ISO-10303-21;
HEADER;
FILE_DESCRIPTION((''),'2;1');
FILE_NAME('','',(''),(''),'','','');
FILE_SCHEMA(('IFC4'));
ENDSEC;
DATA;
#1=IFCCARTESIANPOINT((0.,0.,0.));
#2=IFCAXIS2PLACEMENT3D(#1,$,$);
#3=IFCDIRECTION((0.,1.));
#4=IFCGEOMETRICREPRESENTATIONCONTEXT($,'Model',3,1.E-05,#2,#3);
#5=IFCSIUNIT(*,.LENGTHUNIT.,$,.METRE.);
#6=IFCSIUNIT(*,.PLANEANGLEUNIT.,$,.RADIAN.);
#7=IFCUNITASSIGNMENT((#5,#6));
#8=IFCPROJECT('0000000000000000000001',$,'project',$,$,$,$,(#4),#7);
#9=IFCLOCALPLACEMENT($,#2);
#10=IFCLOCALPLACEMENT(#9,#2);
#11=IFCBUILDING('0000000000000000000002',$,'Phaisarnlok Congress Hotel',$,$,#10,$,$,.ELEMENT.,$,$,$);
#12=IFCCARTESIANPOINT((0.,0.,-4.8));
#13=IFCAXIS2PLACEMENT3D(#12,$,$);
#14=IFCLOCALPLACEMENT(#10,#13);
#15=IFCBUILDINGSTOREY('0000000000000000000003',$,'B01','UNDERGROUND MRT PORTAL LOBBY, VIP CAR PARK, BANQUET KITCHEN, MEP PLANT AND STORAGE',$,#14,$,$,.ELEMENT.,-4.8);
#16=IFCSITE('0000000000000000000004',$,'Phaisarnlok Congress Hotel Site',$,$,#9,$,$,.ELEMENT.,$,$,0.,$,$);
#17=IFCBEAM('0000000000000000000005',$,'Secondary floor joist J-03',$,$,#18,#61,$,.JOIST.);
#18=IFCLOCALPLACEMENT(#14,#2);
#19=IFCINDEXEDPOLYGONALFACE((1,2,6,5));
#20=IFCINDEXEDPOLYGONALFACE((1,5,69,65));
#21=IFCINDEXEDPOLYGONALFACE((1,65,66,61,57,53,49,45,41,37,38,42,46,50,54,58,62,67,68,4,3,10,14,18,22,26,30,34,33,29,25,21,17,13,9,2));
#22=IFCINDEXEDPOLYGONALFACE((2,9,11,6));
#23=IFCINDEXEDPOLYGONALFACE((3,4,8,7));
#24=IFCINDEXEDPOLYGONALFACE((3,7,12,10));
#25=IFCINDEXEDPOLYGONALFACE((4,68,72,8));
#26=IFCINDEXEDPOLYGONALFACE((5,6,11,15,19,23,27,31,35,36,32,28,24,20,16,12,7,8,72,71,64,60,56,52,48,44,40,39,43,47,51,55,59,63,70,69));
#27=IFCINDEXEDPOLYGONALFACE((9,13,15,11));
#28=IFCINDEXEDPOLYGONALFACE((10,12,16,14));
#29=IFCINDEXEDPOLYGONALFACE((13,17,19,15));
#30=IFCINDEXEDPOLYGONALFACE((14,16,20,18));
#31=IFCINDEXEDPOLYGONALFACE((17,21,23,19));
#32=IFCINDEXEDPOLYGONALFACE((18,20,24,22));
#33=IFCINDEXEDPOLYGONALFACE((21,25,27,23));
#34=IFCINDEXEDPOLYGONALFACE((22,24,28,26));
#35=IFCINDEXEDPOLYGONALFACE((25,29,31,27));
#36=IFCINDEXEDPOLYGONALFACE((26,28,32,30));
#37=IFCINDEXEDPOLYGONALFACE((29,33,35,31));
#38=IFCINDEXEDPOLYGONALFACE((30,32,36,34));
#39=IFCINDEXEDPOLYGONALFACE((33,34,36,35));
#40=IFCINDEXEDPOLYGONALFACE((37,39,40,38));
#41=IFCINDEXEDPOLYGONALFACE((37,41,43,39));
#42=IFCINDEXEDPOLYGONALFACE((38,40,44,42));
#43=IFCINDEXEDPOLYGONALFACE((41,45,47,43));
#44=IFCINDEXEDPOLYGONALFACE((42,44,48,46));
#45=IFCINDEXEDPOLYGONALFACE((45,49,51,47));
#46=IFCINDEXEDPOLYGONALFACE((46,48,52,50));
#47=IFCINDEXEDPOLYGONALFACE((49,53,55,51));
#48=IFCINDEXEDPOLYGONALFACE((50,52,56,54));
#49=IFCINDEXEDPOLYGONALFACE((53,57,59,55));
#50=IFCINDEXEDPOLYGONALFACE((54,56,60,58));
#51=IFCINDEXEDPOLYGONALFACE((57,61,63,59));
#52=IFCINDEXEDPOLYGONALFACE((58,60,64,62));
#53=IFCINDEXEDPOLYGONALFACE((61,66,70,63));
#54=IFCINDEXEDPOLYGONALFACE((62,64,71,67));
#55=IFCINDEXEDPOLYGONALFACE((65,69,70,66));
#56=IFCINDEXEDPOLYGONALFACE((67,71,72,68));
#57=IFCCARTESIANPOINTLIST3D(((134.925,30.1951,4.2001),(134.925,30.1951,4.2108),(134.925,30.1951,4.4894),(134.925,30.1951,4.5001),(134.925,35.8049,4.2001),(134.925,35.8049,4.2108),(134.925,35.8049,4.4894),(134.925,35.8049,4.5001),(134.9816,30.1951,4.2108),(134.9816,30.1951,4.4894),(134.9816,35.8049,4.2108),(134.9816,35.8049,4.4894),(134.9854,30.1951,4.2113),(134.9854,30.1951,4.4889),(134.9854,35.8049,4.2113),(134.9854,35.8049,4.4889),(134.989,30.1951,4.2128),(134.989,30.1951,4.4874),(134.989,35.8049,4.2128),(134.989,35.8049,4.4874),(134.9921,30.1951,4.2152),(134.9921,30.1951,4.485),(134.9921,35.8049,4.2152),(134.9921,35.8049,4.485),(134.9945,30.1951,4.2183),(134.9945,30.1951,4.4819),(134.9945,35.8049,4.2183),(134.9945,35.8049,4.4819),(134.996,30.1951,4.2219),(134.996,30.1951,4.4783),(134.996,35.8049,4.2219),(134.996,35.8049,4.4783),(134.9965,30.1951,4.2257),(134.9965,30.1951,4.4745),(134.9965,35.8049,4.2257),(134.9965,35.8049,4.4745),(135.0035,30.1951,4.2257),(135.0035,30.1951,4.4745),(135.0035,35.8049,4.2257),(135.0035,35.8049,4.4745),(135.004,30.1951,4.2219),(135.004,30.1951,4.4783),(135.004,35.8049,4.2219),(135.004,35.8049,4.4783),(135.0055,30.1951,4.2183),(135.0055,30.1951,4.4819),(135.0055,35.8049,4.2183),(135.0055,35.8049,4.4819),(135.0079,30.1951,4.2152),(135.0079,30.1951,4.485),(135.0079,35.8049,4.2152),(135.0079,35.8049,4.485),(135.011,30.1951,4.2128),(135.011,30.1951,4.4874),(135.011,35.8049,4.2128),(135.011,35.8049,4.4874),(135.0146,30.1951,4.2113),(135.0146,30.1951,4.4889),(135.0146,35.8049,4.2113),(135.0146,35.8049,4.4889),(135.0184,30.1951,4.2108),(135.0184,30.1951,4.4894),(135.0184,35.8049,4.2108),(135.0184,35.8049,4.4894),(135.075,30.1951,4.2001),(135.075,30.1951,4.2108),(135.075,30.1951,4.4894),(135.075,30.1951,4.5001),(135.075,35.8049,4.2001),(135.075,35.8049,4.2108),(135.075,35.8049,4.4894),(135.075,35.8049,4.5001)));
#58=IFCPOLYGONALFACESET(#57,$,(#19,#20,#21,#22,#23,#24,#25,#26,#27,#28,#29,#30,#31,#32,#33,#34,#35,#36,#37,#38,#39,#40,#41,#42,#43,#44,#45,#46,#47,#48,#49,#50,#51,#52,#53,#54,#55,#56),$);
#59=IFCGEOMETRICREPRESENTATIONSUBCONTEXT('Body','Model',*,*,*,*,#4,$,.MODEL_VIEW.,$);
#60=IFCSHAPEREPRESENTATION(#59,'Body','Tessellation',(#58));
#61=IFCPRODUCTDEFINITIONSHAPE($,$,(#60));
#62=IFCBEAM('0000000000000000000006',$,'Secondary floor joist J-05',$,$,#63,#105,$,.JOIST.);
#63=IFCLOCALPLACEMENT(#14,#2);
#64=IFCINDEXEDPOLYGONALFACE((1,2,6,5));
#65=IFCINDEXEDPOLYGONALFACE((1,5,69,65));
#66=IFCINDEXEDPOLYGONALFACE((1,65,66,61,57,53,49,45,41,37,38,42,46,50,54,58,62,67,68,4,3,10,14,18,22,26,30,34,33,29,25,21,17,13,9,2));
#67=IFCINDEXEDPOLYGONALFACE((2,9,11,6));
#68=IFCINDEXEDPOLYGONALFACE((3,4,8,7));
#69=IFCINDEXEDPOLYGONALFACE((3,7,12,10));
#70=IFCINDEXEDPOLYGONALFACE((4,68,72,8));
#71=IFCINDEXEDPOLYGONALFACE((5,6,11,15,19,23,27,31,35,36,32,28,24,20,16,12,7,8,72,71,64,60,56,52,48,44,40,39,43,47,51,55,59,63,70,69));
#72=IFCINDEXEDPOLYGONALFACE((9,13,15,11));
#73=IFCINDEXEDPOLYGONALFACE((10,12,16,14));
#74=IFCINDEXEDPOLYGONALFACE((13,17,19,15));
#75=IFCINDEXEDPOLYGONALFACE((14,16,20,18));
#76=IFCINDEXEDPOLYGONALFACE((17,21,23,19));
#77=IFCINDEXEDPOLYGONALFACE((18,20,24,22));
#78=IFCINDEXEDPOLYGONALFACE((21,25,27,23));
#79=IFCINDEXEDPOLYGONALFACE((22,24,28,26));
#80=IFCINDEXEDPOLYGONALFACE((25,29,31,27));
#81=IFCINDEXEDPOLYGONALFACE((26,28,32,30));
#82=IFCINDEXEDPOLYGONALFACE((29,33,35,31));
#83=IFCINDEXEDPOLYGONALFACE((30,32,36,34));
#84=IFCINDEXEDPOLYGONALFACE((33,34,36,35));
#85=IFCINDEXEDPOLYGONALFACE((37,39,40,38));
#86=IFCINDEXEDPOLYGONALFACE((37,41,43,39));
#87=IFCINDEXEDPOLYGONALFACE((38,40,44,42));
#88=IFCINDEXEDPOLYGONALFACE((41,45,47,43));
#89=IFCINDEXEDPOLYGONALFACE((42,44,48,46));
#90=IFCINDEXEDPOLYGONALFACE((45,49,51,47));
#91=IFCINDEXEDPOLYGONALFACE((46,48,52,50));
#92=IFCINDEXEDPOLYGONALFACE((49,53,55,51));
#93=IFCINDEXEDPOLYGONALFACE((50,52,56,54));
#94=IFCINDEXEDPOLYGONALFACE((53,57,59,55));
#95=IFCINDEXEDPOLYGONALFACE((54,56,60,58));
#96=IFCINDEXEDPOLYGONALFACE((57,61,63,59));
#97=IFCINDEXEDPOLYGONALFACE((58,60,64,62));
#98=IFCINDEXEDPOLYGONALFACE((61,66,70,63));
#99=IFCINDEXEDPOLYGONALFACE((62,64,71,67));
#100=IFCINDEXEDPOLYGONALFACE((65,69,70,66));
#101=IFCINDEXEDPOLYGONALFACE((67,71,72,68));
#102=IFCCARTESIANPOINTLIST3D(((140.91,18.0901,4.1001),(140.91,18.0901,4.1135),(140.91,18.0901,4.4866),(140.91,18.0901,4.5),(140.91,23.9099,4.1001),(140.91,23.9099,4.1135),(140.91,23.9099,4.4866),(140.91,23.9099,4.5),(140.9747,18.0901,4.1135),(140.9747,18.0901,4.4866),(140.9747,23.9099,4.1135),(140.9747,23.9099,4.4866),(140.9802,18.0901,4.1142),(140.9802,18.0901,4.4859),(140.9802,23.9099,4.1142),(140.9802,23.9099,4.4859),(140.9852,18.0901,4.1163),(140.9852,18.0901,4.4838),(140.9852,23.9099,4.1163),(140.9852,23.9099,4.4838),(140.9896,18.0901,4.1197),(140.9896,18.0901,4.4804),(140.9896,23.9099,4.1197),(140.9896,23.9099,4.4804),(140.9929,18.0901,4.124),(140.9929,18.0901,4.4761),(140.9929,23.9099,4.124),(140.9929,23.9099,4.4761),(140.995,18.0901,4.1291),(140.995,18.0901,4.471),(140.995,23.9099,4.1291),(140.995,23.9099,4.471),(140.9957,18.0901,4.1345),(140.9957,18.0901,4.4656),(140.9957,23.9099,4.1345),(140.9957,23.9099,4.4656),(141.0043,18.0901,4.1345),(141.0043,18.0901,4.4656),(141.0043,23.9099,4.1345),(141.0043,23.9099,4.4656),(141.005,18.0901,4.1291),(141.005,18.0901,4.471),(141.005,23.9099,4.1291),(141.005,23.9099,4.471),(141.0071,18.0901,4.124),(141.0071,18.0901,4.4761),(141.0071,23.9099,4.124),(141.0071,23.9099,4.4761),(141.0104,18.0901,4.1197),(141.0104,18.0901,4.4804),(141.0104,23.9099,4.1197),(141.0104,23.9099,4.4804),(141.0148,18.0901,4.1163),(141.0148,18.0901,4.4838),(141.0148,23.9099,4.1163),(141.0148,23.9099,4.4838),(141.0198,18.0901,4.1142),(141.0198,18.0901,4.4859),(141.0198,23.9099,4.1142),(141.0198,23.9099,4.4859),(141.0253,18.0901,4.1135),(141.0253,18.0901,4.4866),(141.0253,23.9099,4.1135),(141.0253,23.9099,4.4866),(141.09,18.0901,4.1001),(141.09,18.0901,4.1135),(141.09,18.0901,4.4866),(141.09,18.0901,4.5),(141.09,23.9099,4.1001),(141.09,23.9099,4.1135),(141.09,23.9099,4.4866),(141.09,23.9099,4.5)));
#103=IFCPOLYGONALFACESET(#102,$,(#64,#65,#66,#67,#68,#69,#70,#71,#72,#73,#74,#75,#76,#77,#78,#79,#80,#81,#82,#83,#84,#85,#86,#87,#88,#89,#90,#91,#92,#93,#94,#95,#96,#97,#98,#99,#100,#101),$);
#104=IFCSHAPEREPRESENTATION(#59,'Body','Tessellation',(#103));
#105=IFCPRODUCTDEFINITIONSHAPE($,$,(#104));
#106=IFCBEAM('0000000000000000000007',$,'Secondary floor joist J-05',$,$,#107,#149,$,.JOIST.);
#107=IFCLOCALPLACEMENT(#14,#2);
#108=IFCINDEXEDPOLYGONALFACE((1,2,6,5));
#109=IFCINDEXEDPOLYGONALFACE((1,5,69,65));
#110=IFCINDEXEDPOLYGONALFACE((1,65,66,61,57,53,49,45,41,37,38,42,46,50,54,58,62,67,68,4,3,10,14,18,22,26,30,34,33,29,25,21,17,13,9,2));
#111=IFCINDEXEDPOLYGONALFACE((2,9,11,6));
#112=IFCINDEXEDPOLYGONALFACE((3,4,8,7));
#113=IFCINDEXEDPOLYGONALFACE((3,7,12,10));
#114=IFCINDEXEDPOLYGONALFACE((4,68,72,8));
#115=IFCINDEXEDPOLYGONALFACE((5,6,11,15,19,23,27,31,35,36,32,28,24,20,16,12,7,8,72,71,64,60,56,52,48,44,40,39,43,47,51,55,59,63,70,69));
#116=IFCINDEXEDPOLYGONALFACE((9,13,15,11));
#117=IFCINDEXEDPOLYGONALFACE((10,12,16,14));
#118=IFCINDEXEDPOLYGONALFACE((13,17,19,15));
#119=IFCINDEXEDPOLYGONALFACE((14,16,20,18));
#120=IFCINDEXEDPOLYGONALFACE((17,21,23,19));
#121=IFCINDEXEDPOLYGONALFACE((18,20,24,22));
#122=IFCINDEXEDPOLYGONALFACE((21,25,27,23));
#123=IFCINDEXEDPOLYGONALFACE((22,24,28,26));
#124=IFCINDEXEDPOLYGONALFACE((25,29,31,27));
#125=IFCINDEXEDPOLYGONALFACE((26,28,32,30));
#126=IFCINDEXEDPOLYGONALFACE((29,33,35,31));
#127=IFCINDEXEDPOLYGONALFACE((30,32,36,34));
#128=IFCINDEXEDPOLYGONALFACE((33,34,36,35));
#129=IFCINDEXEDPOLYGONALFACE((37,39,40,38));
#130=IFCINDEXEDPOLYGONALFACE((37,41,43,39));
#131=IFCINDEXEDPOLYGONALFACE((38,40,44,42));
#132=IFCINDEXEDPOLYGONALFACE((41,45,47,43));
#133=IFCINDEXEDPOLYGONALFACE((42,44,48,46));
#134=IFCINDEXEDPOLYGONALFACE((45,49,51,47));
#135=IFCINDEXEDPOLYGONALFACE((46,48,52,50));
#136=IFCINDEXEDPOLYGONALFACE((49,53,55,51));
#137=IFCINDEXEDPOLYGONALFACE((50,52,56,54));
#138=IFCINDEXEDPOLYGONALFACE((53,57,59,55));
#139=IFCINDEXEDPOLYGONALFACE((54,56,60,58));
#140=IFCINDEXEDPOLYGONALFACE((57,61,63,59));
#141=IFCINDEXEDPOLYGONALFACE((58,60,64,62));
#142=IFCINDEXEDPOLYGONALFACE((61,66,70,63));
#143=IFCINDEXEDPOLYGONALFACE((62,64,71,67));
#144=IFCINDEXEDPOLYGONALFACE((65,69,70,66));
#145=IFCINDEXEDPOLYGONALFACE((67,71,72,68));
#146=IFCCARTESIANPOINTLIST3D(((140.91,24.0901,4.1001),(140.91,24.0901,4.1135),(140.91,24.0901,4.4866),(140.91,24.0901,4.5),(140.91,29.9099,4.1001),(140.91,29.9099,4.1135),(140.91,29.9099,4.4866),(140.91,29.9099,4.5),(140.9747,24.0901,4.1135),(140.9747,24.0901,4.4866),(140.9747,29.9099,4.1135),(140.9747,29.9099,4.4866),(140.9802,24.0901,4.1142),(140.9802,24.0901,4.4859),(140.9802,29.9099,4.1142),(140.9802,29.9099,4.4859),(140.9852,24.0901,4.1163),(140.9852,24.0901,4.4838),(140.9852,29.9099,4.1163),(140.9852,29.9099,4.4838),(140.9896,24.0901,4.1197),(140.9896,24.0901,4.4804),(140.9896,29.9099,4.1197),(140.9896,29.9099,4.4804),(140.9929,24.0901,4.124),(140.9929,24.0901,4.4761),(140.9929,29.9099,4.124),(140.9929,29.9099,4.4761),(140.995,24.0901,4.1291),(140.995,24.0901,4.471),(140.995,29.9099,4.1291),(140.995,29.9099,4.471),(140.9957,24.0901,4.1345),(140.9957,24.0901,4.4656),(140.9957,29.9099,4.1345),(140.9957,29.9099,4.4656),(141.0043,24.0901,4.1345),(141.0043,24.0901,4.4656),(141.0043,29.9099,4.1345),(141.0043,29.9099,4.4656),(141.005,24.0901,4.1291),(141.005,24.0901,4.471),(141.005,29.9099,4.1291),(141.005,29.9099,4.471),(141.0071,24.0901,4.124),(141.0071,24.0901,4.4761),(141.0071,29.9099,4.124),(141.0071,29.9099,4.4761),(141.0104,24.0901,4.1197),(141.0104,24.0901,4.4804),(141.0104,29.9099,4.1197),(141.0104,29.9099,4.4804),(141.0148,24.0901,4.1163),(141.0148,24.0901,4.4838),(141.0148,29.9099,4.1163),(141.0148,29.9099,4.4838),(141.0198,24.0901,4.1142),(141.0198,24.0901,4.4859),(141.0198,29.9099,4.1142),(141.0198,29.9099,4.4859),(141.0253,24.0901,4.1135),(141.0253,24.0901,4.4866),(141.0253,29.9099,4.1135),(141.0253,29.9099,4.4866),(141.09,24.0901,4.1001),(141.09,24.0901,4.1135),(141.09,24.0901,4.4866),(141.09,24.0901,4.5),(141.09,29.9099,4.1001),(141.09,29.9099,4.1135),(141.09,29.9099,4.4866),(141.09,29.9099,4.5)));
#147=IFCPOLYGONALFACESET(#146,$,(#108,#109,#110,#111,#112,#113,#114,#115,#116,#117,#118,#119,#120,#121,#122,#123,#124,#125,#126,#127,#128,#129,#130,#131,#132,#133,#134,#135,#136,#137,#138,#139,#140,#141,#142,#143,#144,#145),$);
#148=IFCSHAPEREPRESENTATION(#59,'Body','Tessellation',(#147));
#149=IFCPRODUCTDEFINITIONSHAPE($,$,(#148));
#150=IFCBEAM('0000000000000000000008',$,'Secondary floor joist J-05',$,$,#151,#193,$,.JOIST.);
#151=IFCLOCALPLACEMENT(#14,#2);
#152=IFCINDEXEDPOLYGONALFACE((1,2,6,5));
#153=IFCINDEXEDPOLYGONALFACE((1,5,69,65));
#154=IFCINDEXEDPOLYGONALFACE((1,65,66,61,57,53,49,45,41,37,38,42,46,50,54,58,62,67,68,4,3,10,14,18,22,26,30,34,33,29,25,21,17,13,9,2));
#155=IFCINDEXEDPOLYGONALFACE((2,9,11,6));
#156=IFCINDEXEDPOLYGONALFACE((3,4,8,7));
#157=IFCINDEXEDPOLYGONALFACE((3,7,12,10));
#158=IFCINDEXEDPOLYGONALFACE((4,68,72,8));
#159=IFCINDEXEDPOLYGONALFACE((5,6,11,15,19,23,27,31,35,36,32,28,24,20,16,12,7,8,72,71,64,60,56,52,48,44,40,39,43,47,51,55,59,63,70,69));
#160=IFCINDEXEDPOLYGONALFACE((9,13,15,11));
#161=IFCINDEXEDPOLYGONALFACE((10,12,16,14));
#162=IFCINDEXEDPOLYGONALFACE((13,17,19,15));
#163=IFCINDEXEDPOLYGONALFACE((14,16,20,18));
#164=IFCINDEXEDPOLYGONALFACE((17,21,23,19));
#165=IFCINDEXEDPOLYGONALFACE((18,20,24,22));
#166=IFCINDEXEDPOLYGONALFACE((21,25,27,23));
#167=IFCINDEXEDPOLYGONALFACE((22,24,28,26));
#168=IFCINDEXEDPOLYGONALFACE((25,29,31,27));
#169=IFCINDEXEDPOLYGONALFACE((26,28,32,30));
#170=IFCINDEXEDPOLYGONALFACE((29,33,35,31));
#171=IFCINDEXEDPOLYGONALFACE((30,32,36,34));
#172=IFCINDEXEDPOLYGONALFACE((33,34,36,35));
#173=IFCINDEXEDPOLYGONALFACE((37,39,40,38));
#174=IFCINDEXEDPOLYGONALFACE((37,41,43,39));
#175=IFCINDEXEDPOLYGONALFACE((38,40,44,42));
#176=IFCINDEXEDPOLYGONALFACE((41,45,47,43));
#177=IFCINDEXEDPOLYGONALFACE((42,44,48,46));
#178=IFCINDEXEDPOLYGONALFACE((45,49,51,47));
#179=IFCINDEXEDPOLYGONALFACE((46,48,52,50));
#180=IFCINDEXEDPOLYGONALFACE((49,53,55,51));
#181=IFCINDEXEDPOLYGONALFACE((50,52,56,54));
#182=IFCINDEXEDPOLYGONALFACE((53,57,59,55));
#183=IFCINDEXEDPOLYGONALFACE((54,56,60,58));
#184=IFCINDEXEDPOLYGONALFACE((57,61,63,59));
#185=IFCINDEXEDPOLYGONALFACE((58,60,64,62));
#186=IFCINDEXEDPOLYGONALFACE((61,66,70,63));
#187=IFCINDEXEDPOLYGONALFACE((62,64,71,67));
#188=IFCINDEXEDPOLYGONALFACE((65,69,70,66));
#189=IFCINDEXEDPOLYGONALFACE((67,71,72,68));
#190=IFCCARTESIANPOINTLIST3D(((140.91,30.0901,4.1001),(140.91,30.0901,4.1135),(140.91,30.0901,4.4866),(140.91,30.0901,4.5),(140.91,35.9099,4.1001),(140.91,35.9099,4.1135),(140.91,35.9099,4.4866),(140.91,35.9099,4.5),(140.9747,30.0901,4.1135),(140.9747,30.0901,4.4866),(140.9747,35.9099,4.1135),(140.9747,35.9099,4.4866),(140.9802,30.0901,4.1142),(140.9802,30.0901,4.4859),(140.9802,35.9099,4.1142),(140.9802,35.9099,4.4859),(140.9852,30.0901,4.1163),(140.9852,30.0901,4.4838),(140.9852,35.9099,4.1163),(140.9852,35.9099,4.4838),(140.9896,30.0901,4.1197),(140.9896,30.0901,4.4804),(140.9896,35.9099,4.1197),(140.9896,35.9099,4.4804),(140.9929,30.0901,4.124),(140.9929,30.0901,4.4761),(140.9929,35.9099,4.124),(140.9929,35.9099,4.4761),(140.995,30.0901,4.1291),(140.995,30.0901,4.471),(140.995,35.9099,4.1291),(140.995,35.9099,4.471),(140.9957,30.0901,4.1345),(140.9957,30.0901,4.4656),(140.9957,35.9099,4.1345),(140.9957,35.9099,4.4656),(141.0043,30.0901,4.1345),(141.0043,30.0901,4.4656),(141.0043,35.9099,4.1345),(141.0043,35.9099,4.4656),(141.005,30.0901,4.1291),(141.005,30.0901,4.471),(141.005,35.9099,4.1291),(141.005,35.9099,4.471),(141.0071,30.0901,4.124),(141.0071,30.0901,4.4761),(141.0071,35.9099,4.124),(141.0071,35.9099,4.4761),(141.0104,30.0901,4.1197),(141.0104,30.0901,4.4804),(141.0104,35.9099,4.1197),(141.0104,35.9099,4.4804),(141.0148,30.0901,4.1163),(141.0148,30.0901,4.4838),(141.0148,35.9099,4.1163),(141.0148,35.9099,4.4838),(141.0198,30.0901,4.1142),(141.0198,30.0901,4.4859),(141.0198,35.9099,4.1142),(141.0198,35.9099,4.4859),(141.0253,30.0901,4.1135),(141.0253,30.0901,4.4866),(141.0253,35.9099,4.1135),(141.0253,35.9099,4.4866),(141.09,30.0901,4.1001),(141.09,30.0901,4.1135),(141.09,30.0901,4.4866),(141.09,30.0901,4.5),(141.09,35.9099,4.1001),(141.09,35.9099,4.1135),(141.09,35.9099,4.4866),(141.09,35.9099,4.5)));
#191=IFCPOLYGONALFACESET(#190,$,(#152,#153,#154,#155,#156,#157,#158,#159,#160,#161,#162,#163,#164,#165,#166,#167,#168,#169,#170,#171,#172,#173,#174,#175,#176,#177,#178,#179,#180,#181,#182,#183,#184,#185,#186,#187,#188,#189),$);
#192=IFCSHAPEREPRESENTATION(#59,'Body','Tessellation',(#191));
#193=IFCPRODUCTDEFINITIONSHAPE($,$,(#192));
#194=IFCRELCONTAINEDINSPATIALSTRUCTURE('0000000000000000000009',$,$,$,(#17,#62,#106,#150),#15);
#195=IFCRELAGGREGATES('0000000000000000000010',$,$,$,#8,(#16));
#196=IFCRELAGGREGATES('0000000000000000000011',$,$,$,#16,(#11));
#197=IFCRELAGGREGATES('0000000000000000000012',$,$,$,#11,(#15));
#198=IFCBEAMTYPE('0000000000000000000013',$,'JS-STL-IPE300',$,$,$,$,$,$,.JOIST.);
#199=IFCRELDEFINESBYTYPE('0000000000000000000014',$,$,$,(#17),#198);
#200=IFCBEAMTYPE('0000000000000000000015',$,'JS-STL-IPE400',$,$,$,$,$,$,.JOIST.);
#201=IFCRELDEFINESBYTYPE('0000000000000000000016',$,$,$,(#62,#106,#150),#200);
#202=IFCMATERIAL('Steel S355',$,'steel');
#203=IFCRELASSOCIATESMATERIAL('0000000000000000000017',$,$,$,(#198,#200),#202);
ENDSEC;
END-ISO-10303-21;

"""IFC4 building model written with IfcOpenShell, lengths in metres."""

from ifc_helpers import new_model, si_unit, direction, frame, origin, origin_2d, place, context, subcontext, project, spatial, i_section, extrude, material, material_profile, profile_set, type_object, element, save


model = new_model("IFC4")

# Units and contexts
model_context = context("Model", 3, precision=1e-05, world=origin(), true_north=direction((0.0, 1.0)))
body_context = subcontext(model_context, "Body", "Model", "MODEL_VIEW")
ifc_project = project(units=[si_unit("LENGTHUNIT", "METRE"), si_unit("PLANEANGLEUNIT", "RADIAN")], contexts=[model_context])

# Site, building, storey
site_placement = place(None, origin())
site = spatial("IfcSite", under=ifc_project, at=site_placement, Name="Phaisarnlok Congress Hotel Site", CompositionType="ELEMENT", RefElevation=0.0)
building_placement = place(site_placement, origin())
building = spatial("IfcBuilding", under=site, at=building_placement, Name="Phaisarnlok Congress Hotel", CompositionType="ELEMENT")
storey_placement = place(building_placement, frame((0.0, 0.0, -4.8)))
storey = spatial("IfcBuildingStorey", under=building, at=storey_placement, Name="B01", Description="UNDERGROUND MRT PORTAL LOBBY, VIP CAR PARK, BANQUET KITCHEN, MEP PLANT AND STORAGE", CompositionType="ELEMENT", Elevation=-4.8)

# Beams
ifc_material_1 = material(Name="Steel S355", Category="steel")
ifc_material_profile_1 = material_profile(ifc_material_1, i_section(OverallWidth=0.1499, OverallDepth=0.3, WebThickness=0.0071, FlangeThickness=0.0107, FilletRadius=0.0149, at=origin_2d()), Name="IPE 300")
ifc_profile_set_1 = profile_set([ifc_material_profile_1], Name="Steel S355")
beam_type_1 = type_object("IfcBeamType", Name="JS-STL-IPE300", PredefinedType="JOIST", material=ifc_profile_set_1)
for number, where, z_axis, x_axis, name in (
    (1, (135.0, 30.1951, 4.3501), (0.0, 1.0, 0.0), (-1.0, 0.0, 0.0), "Secondary floor joist J-03"),
):
    element("IfcBeam", number, at=place(storey_placement, frame(where, z_axis=z_axis, x_axis=x_axis)), inside=storey, type_object=beam_type_1, Name=name, PredefinedType="JOIST", context=body_context, shape_type="SweptSolid", body=[
        extrude(i_section(OverallWidth=0.1499, OverallDepth=0.3, WebThickness=0.0071, FlangeThickness=0.0107, FilletRadius=0.0149, at=origin_2d()), origin(), (0.0, 0.0, 1.0), 5.6099),
    ])
ifc_material_profile_2 = material_profile(ifc_material_1, i_section(OverallWidth=0.1799, OverallDepth=0.3999, WebThickness=0.0085, FlangeThickness=0.0134, FilletRadius=0.021, at=origin_2d()), Name="IPE 400")
ifc_profile_set_2 = profile_set([ifc_material_profile_2], Name="Steel S355")
beam_type_2 = type_object("IfcBeamType", Name="JS-STL-IPE400", PredefinedType="JOIST", material=ifc_profile_set_2)
for number, where, z_axis, x_axis, name in (
    (2, (141.0, 18.0901, 4.3), (0.0, 1.0, 0.0), (-1.0, 0.0, 0.0), "Secondary floor joist J-05"),
    (3, (141.0, 24.0901, 4.3), (0.0, 1.0, 0.0), (-1.0, 0.0, 0.0), "Secondary floor joist J-05"),
    (4, (141.0, 30.0901, 4.3), (0.0, 1.0, 0.0), (-1.0, 0.0, 0.0), "Secondary floor joist J-05"),
):
    element("IfcBeam", number, at=place(storey_placement, frame(where, z_axis=z_axis, x_axis=x_axis)), inside=storey, type_object=beam_type_2, Name=name, PredefinedType="JOIST", context=body_context, shape_type="SweptSolid", body=[
        extrude(i_section(OverallWidth=0.1799, OverallDepth=0.3999, WebThickness=0.0085, FlangeThickness=0.0134, FilletRadius=0.021, at=origin_2d()), origin(), (0.0, 0.0, 1.0), 5.8198),
    ])

save(model, "model.ifc")
